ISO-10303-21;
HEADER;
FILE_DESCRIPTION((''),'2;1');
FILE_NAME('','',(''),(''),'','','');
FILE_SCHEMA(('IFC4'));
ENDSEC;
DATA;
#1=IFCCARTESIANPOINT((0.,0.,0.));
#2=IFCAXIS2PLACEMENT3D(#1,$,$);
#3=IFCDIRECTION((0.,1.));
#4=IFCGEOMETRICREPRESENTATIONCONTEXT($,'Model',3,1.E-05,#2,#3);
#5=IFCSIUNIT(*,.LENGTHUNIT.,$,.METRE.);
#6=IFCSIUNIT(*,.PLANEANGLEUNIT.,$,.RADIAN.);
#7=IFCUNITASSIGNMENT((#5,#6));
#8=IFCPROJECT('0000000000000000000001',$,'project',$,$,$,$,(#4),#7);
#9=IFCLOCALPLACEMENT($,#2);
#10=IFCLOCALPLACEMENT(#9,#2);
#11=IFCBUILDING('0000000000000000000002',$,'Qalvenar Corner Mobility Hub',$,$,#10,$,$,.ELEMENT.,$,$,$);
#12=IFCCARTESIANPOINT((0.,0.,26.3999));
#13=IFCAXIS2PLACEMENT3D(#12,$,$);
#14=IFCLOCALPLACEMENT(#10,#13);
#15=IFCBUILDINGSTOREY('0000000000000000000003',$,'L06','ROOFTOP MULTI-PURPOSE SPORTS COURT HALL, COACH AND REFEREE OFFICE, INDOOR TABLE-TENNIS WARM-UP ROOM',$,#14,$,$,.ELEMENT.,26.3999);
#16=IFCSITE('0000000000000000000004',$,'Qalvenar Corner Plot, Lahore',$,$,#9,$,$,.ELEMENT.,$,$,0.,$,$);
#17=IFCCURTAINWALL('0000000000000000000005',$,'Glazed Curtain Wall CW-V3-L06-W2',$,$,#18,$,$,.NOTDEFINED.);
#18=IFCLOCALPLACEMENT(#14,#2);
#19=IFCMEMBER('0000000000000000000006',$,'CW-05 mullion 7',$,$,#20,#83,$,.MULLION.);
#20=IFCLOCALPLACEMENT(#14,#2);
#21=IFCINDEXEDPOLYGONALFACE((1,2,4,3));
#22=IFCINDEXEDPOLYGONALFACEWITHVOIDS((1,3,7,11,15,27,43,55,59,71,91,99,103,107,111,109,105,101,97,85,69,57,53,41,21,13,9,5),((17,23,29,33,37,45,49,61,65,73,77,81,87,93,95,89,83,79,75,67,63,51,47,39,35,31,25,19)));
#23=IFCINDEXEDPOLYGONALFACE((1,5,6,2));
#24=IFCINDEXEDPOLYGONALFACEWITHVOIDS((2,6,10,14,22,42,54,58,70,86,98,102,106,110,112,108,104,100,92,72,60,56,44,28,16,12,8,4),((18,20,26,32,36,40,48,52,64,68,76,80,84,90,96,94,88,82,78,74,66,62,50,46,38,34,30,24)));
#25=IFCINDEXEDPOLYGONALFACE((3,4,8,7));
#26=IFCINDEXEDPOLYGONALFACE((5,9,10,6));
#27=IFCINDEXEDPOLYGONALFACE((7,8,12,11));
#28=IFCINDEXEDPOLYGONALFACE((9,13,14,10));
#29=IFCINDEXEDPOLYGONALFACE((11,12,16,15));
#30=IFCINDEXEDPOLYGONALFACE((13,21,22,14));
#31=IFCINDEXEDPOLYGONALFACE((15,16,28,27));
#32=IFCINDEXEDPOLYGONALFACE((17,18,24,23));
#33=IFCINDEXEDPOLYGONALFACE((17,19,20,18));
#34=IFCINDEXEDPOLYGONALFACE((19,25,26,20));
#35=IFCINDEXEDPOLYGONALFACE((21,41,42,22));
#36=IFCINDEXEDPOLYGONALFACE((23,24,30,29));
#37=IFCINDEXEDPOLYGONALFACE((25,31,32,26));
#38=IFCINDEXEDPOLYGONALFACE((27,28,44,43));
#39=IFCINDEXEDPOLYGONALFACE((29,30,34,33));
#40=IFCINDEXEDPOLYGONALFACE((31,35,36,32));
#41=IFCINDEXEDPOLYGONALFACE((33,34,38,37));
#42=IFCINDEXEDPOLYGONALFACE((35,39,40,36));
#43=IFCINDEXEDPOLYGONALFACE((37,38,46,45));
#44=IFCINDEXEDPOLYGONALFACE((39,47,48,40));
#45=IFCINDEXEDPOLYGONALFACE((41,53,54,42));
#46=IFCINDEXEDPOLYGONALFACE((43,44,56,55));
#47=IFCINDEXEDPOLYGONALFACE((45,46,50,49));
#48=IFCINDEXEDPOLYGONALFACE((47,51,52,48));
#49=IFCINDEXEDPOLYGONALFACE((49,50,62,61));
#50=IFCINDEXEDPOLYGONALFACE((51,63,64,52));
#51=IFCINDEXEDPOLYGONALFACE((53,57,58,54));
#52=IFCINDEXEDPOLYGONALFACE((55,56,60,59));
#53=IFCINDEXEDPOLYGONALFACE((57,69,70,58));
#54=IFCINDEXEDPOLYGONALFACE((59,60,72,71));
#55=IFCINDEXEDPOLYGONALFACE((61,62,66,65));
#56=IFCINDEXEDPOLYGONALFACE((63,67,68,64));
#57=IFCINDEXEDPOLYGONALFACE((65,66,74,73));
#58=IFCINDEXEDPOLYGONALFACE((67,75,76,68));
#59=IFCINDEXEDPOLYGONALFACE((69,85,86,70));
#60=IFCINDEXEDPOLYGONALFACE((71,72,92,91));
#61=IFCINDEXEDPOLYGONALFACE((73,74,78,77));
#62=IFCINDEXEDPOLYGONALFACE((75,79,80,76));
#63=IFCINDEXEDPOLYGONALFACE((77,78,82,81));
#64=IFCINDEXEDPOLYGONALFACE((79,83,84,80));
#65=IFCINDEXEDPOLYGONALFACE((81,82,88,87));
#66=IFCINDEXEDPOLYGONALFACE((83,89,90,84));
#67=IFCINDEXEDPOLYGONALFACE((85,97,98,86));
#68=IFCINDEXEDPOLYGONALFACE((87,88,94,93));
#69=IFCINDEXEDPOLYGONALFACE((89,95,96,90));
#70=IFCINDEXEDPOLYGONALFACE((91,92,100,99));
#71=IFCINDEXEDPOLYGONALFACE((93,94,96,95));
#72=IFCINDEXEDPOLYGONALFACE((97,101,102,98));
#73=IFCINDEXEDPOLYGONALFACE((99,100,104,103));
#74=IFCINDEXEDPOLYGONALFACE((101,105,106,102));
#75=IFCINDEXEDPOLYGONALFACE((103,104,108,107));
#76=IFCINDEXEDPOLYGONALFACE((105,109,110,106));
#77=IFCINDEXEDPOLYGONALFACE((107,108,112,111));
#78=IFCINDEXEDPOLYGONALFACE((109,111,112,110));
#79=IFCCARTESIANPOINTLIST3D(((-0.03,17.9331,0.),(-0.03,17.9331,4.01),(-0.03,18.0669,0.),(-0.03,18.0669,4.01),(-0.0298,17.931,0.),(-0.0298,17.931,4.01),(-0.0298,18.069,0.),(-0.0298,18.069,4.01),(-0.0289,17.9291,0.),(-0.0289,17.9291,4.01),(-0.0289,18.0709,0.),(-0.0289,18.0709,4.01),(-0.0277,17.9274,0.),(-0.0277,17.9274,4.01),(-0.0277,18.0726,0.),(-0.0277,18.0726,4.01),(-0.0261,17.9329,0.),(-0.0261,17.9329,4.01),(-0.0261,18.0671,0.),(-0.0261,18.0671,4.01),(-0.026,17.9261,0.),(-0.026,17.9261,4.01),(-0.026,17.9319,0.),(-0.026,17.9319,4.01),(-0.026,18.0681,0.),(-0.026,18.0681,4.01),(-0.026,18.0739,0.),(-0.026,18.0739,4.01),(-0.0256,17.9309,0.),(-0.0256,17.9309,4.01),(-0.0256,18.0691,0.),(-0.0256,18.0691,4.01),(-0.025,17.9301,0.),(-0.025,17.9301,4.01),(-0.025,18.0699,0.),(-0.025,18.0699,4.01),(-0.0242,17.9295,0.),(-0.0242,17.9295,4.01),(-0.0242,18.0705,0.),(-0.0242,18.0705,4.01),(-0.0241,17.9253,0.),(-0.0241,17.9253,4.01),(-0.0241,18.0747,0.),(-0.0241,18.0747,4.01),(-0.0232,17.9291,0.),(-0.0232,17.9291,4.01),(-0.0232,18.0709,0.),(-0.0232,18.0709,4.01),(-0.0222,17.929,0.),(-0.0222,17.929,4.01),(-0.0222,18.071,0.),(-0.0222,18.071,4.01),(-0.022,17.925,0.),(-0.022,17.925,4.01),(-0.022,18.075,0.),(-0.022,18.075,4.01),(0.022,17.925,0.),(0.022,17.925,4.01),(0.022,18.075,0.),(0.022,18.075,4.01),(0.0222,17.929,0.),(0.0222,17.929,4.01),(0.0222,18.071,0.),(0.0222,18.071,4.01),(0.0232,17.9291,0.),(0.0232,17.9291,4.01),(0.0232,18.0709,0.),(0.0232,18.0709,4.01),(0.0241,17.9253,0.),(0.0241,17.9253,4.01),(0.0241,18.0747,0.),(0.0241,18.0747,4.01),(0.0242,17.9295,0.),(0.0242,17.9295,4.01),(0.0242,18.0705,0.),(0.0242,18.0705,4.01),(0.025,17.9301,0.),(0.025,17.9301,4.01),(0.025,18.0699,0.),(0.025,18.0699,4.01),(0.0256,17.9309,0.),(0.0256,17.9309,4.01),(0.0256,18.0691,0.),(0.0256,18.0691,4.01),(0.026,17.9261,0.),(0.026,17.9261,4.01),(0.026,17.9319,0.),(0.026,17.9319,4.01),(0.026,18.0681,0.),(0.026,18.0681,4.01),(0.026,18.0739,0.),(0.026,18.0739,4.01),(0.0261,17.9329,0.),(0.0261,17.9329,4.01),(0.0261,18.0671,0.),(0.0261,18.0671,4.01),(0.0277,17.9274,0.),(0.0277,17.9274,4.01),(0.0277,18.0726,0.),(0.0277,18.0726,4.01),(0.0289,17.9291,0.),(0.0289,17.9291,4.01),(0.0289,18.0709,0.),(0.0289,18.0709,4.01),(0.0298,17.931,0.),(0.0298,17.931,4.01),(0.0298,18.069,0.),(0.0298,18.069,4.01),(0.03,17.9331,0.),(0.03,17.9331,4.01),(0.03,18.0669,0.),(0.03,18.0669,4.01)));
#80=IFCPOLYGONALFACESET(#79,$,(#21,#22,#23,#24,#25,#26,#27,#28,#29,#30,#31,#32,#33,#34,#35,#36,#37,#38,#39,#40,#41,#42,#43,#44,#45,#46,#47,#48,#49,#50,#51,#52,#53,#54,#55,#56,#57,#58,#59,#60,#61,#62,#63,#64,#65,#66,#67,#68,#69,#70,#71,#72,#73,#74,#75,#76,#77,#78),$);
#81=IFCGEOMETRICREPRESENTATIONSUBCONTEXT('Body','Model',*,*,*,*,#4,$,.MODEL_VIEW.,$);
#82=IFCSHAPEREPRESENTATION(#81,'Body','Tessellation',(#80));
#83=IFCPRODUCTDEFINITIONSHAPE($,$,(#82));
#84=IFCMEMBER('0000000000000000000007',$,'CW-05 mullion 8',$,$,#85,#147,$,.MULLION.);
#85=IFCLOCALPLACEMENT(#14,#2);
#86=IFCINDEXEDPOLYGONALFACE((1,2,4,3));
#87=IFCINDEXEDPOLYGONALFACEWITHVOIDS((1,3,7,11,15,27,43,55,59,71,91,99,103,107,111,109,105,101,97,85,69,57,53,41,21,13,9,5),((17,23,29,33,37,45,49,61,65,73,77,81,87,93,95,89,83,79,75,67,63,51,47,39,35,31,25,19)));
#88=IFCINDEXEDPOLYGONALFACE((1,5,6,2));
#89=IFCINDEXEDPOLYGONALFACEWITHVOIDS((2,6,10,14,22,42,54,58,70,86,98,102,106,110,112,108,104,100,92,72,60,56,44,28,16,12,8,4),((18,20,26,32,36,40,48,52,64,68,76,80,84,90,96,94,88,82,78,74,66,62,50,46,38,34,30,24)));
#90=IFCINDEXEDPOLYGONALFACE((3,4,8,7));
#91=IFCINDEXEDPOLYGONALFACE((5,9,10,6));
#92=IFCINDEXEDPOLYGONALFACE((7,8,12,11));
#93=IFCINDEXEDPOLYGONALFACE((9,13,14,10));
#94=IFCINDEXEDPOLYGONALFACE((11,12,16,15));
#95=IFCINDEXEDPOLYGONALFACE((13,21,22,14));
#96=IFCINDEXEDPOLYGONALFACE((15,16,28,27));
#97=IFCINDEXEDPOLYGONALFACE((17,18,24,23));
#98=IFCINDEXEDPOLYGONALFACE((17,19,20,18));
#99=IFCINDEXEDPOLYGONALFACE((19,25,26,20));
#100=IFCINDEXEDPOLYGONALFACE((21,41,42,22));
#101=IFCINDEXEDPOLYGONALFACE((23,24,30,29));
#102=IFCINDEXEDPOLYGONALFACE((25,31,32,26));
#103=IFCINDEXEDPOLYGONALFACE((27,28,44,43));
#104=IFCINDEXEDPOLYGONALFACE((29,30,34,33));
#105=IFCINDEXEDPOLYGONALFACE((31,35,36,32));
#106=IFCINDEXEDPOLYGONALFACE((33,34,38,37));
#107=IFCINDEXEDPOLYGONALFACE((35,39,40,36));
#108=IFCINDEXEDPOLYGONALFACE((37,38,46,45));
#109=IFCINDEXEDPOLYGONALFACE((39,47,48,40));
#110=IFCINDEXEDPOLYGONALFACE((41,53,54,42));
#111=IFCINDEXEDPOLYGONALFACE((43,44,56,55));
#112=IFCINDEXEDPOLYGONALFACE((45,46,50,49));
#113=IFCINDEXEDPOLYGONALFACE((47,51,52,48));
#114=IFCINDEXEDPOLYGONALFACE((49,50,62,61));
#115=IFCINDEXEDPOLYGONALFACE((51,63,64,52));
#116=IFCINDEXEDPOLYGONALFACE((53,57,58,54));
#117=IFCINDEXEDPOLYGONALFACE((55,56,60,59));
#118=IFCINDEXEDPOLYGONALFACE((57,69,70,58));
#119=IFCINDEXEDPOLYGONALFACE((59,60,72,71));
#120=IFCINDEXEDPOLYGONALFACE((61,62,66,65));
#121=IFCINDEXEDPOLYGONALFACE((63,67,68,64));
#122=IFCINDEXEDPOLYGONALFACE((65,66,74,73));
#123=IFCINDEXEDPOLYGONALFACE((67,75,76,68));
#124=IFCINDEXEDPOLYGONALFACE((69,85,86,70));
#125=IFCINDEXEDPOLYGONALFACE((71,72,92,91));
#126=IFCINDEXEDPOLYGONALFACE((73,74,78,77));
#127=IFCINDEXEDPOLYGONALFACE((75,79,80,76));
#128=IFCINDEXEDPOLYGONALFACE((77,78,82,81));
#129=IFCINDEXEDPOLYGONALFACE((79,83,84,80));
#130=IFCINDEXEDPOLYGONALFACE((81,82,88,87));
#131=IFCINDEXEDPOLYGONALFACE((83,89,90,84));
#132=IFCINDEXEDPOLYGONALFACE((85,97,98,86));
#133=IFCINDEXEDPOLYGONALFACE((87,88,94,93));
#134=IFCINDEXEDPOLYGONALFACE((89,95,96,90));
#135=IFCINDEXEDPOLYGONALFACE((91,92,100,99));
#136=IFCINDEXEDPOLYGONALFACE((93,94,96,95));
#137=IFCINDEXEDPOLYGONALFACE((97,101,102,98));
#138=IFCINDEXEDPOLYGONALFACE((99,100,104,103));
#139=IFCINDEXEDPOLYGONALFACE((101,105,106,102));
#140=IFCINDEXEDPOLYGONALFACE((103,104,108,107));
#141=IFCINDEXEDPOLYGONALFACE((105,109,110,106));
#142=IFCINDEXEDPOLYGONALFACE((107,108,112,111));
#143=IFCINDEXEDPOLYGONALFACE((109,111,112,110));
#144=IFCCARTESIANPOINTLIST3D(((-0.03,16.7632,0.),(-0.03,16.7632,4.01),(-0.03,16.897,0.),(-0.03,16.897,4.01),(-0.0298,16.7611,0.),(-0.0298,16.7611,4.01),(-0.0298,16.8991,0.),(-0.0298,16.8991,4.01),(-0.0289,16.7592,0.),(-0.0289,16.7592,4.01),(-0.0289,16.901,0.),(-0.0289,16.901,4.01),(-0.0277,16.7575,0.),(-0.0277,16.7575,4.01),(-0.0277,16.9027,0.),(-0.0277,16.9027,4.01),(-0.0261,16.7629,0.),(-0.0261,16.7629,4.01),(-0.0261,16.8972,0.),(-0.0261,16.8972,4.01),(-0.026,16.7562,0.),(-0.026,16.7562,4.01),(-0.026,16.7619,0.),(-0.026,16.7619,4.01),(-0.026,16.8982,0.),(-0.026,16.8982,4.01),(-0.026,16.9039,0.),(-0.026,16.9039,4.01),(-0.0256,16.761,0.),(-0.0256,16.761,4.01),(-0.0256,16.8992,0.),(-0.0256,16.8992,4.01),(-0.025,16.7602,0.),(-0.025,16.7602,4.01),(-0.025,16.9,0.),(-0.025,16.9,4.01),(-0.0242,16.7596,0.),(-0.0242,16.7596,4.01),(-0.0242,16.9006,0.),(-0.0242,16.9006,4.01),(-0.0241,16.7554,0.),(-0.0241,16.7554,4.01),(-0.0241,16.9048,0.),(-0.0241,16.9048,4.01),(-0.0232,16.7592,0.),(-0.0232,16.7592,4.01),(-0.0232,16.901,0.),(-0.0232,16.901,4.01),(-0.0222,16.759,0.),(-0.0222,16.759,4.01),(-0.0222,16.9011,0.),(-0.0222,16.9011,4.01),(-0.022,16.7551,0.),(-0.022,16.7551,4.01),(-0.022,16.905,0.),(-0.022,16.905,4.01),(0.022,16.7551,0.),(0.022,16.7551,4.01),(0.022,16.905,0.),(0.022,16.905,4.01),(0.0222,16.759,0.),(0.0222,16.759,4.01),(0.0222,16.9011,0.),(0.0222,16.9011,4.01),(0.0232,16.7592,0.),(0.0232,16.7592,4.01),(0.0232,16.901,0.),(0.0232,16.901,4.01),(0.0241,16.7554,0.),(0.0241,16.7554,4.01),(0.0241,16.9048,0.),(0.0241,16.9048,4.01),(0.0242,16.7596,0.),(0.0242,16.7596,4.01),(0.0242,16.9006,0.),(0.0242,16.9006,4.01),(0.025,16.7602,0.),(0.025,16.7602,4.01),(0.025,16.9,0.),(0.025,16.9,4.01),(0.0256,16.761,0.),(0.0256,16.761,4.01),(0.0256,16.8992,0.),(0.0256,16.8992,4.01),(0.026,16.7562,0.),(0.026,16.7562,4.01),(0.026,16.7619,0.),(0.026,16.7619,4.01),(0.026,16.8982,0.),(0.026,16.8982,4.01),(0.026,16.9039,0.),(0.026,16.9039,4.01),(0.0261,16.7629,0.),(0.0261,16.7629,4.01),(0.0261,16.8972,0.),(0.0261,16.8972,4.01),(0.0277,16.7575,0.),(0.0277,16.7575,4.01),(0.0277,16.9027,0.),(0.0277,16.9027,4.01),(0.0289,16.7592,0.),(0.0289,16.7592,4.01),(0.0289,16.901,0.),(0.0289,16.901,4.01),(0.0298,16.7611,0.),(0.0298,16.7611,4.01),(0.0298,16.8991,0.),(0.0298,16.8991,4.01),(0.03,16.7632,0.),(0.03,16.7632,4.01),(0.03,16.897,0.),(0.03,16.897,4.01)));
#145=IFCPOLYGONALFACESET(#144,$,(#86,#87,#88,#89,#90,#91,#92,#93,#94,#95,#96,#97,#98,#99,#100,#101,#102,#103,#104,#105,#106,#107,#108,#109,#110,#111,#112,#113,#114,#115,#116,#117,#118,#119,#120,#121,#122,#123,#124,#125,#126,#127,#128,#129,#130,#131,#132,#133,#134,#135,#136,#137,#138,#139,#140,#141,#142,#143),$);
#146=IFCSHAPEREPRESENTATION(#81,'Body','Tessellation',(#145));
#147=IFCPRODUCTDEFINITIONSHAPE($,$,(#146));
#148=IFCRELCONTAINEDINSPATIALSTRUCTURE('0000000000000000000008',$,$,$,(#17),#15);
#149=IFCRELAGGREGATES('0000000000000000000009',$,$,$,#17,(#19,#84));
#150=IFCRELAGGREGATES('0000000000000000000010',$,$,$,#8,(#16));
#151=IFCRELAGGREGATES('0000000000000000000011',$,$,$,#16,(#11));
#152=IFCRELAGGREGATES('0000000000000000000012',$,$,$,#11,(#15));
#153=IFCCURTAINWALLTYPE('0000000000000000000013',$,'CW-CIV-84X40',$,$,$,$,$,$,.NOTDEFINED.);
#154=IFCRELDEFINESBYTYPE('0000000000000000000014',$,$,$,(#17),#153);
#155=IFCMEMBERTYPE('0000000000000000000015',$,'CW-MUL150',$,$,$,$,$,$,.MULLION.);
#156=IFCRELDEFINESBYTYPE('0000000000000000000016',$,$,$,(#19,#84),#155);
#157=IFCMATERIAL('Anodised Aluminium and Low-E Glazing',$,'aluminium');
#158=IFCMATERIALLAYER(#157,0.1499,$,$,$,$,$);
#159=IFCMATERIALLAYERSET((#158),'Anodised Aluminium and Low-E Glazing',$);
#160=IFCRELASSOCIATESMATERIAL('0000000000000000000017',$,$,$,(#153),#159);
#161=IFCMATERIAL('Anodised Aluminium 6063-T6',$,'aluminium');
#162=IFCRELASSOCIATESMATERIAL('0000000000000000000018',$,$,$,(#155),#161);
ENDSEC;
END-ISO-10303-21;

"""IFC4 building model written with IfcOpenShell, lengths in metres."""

from ifc_helpers import new_model, si_unit, direction, frame, origin, origin_2d, place, context, subcontext, project, spatial, hollow_rectangle, extrude, material, layer, layer_set, material_profile, profile_set, type_object, element, aggregate, save


model = new_model("IFC4")

# Units and contexts
model_context = context("Model", 3, precision=1e-05, world=origin(), true_north=direction((0.0, 1.0)))
body_context = subcontext(model_context, "Body", "Model", "MODEL_VIEW")
ifc_project = project(units=[si_unit("LENGTHUNIT", "METRE"), si_unit("PLANEANGLEUNIT", "RADIAN")], contexts=[model_context])

# Site, building, storey
site_placement = place(None, origin())
site = spatial("IfcSite", under=ifc_project, at=site_placement, Name="Qalvenar Corner Plot, Lahore", CompositionType="ELEMENT", RefElevation=0.0)
building_placement = place(site_placement, origin())
building = spatial("IfcBuilding", under=site, at=building_placement, Name="Qalvenar Corner Mobility Hub", CompositionType="ELEMENT")
storey_placement = place(building_placement, frame((0.0, 0.0, 26.3999)))
storey = spatial("IfcBuildingStorey", under=building, at=storey_placement, Name="L06", Description="ROOFTOP MULTI-PURPOSE SPORTS COURT HALL, COACH AND REFEREE OFFICE, INDOOR TABLE-TENNIS WARM-UP ROOM", CompositionType="ELEMENT", Elevation=26.3999)

# Curtain wall, members
ifc_material_1 = material(Name="Anodised Aluminium and Low-E Glazing", Category="aluminium")
ifc_layer_1 = layer(ifc_material_1, 0.1499)
ifc_layer_set_1 = layer_set([ifc_layer_1], Name="Anodised Aluminium and Low-E Glazing")
curtain_wall_type = type_object("IfcCurtainWallType", Name="CW-CIV-84X40", PredefinedType="NOTDEFINED", material=ifc_layer_set_1)
curtain_wall_placement = place(storey_placement, origin())
curtain_wall = element("IfcCurtainWall", 1, at=curtain_wall_placement, inside=storey, type_object=curtain_wall_type, Name="Glazed Curtain Wall CW-V3-L06-W2", PredefinedType="NOTDEFINED")
ifc_material_2 = material(Name="Anodised Aluminium 6063-T6", Category="aluminium")
ifc_material_profile_1 = material_profile(ifc_material_2, hollow_rectangle(XDim=0.0601, YDim=0.1499, WallThickness=0.0039, InnerFilletRadius=0.0039, OuterFilletRadius=0.0081, at=origin_2d()), Name="RHS150x60x4")
ifc_profile_set_1 = profile_set([ifc_material_profile_1], Name="Anodised Aluminium 6063-T6")
member_type_1 = type_object("IfcMemberType", Name="CW-MUL150", PredefinedType="MULLION", material=ifc_profile_set_1)
member_1_placement = place(storey_placement, frame((0.0, 18.0, 0.0), z_axis=(0.0, 0.0, 1.0), x_axis=(1.0, 0.0, 0.0)))
member_1 = element("IfcMember", 2, at=member_1_placement, type_object=member_type_1, Name="CW-05 mullion 7", PredefinedType="MULLION", context=body_context, shape_type="SweptSolid", body=[
    extrude(hollow_rectangle(XDim=0.0601, YDim=0.1499, WallThickness=0.0039, InnerFilletRadius=0.0039, OuterFilletRadius=0.0081, at=origin_2d()), origin(), (0.0, 0.0, 1.0), 4.01),
])
member_2_placement = place(storey_placement, frame((0.0, 16.8301, 0.0), z_axis=(0.0, 0.0, 1.0), x_axis=(1.0, 0.0, 0.0)))
member_2 = element("IfcMember", 3, at=member_2_placement, type_object=member_type_1, Name="CW-05 mullion 8", PredefinedType="MULLION", context=body_context, shape_type="SweptSolid", body=[
    extrude(hollow_rectangle(XDim=0.0601, YDim=0.1499, WallThickness=0.0039, InnerFilletRadius=0.0039, OuterFilletRadius=0.0081, at=origin_2d()), origin(), (0.0, 0.0, 1.0), 4.01),
])

aggregate(curtain_wall, [member_1, member_2])

save(model, "model.ifc")
